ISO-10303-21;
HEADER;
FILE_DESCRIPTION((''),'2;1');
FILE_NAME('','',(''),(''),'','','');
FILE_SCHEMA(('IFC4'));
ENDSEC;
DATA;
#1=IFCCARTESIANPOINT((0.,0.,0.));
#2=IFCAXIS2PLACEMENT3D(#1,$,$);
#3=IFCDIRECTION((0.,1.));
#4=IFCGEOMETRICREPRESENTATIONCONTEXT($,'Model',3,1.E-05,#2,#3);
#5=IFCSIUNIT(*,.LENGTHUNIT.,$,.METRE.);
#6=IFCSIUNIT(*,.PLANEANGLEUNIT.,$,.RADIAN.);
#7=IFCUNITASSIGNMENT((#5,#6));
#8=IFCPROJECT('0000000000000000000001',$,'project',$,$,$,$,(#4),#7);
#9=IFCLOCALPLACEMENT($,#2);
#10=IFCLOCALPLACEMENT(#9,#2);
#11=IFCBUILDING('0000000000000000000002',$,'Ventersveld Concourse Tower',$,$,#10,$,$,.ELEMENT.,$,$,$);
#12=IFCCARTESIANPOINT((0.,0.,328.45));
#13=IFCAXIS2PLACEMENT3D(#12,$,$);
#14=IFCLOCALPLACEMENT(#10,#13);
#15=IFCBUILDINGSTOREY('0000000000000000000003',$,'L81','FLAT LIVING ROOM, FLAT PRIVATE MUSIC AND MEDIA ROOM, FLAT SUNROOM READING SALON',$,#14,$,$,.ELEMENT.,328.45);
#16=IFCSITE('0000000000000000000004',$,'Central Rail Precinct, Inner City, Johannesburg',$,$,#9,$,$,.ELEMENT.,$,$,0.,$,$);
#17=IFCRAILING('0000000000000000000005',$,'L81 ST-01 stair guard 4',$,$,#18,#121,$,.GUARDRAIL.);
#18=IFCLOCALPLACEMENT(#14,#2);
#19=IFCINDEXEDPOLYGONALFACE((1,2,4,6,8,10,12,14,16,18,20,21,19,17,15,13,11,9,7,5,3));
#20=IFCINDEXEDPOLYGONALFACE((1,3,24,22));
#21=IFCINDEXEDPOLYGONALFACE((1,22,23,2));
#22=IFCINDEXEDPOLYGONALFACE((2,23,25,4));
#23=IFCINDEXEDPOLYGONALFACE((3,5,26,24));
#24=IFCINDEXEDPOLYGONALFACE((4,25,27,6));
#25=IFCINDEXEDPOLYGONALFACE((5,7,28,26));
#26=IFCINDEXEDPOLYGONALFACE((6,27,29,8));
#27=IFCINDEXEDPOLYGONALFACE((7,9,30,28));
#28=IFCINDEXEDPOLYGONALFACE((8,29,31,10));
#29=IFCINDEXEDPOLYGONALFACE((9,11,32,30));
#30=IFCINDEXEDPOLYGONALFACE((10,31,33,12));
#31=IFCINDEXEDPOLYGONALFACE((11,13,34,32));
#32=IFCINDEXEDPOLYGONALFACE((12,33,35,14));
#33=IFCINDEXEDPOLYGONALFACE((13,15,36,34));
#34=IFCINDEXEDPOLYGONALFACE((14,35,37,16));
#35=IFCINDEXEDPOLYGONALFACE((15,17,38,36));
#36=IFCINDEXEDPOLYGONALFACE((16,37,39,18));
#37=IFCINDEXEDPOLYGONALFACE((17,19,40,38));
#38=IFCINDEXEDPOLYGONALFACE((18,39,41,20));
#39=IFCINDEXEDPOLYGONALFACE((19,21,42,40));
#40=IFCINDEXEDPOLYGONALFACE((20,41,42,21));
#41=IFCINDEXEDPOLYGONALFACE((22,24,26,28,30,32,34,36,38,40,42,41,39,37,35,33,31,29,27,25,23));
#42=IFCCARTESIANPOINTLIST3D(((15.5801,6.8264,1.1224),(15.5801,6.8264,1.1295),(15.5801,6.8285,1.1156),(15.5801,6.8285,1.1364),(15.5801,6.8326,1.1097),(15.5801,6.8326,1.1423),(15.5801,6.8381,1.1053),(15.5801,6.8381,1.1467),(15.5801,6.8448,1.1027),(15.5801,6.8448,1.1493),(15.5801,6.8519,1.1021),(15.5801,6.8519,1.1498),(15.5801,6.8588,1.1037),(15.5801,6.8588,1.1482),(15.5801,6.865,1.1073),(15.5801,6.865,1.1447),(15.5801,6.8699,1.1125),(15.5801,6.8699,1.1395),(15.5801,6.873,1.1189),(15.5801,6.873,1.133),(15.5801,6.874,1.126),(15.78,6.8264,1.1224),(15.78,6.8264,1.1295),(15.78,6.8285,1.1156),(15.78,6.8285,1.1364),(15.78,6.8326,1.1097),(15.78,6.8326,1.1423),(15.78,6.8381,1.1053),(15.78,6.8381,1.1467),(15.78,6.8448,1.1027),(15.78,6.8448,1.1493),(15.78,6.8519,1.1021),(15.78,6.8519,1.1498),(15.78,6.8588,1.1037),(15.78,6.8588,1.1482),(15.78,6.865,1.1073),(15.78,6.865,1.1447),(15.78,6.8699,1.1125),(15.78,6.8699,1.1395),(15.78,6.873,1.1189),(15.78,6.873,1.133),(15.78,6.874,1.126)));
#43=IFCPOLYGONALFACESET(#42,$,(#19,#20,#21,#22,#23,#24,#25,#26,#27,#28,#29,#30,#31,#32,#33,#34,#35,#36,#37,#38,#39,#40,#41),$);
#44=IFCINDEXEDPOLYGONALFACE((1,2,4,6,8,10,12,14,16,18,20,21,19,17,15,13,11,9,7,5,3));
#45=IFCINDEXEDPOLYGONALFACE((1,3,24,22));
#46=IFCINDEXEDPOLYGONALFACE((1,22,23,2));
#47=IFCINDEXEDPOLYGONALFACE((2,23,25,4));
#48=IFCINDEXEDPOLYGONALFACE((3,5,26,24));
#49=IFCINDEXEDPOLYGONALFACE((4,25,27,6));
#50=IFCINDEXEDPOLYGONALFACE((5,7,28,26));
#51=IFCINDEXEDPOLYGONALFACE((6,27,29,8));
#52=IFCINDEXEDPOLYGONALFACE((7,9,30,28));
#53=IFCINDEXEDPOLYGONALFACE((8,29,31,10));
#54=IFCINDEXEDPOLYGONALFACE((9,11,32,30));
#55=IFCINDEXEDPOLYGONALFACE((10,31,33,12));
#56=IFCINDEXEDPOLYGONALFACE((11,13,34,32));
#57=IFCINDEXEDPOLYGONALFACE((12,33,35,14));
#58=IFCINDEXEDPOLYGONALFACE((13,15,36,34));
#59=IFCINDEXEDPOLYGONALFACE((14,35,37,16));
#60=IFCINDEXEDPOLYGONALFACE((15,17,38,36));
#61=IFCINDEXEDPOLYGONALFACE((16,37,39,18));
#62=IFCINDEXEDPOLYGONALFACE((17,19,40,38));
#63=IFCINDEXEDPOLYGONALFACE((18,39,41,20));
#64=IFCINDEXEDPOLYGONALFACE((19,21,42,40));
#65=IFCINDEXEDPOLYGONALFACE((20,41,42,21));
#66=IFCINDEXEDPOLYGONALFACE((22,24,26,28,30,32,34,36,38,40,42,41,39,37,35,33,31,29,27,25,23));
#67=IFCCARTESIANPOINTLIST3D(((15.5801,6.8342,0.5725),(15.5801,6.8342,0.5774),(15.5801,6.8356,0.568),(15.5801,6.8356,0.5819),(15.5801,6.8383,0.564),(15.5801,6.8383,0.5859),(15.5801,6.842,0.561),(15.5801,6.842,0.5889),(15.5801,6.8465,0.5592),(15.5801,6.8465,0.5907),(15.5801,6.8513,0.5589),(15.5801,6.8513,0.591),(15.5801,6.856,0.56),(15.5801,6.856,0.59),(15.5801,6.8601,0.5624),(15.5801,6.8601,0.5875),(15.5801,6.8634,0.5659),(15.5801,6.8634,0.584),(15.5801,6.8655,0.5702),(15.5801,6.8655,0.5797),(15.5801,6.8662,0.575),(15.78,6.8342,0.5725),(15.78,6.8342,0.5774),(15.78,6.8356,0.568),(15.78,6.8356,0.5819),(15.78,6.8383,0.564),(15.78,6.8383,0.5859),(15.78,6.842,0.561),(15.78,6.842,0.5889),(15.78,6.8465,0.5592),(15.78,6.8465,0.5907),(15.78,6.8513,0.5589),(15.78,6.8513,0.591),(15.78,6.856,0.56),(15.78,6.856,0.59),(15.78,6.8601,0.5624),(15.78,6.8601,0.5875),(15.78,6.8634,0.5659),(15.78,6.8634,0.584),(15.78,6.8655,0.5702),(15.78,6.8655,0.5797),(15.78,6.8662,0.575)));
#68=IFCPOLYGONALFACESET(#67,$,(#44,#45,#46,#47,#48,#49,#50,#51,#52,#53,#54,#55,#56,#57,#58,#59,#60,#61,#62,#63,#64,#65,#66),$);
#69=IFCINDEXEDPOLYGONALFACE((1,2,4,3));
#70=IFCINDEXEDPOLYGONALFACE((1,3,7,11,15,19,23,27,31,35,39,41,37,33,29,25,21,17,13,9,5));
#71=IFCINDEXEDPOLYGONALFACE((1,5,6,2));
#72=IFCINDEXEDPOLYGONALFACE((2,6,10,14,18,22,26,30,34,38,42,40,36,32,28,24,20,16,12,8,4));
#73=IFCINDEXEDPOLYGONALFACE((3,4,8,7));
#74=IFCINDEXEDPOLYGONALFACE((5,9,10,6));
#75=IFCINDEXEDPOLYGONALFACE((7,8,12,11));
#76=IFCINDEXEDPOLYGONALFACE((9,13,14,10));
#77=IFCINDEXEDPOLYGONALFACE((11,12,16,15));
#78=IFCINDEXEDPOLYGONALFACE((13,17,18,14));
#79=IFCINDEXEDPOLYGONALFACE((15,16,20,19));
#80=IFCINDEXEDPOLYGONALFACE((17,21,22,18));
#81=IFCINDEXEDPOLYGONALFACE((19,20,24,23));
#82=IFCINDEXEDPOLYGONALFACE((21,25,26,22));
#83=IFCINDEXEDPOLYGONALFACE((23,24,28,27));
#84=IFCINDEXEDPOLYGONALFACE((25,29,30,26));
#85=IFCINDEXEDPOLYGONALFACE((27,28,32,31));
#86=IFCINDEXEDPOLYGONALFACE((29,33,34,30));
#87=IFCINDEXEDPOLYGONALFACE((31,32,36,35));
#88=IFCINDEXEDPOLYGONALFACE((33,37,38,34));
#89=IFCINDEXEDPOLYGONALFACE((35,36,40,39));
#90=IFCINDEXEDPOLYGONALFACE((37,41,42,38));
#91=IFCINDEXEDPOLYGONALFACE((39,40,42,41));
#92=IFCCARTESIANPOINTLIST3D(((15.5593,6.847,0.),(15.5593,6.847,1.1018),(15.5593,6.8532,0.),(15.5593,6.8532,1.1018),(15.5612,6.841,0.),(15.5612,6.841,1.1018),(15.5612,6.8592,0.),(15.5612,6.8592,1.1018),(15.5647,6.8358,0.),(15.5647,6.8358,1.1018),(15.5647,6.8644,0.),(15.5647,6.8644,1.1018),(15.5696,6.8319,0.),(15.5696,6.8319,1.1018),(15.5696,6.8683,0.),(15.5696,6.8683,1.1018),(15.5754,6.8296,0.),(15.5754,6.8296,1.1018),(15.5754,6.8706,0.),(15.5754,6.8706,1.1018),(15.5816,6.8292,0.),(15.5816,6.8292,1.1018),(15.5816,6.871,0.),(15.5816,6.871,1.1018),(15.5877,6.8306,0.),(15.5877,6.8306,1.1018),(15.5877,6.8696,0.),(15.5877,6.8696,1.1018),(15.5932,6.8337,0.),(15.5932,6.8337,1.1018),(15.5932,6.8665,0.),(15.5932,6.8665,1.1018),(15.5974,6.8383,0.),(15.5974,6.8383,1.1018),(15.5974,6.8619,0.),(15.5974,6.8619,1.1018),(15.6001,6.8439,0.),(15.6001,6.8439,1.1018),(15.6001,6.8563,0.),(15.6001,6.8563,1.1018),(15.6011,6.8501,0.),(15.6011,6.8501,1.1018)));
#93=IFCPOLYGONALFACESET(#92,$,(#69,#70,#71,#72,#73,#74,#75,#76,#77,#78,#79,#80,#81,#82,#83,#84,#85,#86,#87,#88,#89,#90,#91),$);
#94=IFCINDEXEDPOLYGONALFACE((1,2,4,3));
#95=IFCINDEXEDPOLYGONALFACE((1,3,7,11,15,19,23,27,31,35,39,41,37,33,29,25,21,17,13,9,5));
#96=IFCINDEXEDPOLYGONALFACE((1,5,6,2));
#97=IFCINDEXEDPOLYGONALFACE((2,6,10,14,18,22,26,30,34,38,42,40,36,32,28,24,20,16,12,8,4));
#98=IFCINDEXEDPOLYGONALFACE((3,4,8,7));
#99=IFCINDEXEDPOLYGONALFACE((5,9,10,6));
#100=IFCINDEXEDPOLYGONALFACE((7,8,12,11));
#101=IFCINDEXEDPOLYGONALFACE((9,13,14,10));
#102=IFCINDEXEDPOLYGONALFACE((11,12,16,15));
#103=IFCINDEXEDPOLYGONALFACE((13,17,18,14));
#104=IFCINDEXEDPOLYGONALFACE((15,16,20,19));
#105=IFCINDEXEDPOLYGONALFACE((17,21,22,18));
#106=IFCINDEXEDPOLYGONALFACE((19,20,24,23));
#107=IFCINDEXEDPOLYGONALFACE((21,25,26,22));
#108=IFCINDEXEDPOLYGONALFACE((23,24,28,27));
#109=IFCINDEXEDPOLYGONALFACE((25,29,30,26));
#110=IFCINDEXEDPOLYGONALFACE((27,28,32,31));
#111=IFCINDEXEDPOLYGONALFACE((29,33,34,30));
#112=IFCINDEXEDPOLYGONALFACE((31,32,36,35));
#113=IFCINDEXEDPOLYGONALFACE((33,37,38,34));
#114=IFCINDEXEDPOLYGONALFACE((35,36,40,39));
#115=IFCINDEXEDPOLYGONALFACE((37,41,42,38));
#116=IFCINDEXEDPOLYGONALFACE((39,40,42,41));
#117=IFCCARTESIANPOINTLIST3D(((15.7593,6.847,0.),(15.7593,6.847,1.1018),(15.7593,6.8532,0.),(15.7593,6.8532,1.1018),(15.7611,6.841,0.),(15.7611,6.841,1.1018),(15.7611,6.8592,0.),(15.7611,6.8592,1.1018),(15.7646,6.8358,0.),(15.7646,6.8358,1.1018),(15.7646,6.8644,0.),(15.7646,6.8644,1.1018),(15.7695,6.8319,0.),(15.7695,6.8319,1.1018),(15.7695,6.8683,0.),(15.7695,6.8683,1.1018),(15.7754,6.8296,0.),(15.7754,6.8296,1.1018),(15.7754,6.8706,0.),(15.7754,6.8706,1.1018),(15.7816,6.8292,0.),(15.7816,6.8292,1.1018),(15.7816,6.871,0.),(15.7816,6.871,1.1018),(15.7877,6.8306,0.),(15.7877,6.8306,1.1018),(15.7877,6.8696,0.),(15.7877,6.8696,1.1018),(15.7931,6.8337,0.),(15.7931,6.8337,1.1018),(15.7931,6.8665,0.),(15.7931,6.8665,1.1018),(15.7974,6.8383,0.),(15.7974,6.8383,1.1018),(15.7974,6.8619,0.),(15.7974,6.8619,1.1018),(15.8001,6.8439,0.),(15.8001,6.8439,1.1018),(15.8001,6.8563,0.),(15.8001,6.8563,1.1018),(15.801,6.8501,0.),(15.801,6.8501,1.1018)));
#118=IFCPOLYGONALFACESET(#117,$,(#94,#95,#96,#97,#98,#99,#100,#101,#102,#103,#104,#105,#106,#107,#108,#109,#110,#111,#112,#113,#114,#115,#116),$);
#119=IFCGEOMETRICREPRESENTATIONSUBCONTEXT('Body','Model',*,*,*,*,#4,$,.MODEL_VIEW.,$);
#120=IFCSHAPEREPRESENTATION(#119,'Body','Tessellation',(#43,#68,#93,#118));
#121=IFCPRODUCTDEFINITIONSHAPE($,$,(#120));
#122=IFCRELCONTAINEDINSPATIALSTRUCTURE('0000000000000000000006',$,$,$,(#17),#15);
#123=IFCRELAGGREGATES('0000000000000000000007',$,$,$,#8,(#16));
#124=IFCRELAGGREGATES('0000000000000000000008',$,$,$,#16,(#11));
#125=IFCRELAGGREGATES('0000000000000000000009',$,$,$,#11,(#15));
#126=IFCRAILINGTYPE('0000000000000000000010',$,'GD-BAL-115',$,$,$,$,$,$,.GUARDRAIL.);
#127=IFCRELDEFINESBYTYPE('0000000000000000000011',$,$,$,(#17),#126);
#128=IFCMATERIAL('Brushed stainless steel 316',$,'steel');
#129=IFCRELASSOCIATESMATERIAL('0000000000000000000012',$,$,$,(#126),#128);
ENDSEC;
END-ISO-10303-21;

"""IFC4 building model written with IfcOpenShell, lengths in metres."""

from ifc_helpers import new_model, si_unit, direction, frame, origin, origin_2d, place, context, subcontext, project, spatial, circle, extrude, material, type_object, element, save


model = new_model("IFC4")

# Units and contexts
model_context = context("Model", 3, precision=1e-05, world=origin(), true_north=direction((0.0, 1.0)))
body_context = subcontext(model_context, "Body", "Model", "MODEL_VIEW")
ifc_project = project(units=[si_unit("LENGTHUNIT", "METRE"), si_unit("PLANEANGLEUNIT", "RADIAN")], contexts=[model_context])

# Site, building, storey
site_placement = place(None, origin())
site = spatial("IfcSite", under=ifc_project, at=site_placement, Name="Central Rail Precinct, Inner City, Johannesburg", CompositionType="ELEMENT", RefElevation=0.0)
building_placement = place(site_placement, origin())
building = spatial("IfcBuilding", under=site, at=building_placement, Name="Ventersveld Concourse Tower", CompositionType="ELEMENT")
storey_placement = place(building_placement, frame((0.0, 0.0, 328.45)))
storey = spatial("IfcBuildingStorey", under=building, at=storey_placement, Name="L81", Description="FLAT LIVING ROOM, FLAT PRIVATE MUSIC AND MEDIA ROOM, FLAT SUNROOM READING SALON", CompositionType="ELEMENT", Elevation=328.45)

# Shared definitions
ifc_material_1 = material(Name="Brushed stainless steel 316", Category="steel")

# Railing
railing_type_1 = type_object("IfcRailingType", Name="GD-BAL-115", PredefinedType="GUARDRAIL", material=ifc_material_1)
railing_1_placement = place(storey_placement, frame((15.5801, 6.8501, 0.0)))
element("IfcRailing", 1, at=railing_1_placement, inside=storey, type_object=railing_type_1, Name="L81 ST-01 stair guard 4", PredefinedType="GUARDRAIL", context=body_context, shape_type="SweptSolid", body=[
    extrude(circle(Radius=0.0239, at=origin_2d()), frame((0.0, 0.0, 1.126), z_axis=(1.0, 0.0, 0.0), x_axis=(0.0, 1.0, 0.0)), (0.0, 0.0, 1.0), 0.2),
    extrude(circle(Radius=0.0161, at=origin_2d()), frame((0.0, 0.0, 0.575), z_axis=(1.0, 0.0, 0.0), x_axis=(0.0, 1.0, 0.0)), (0.0, 0.0, 1.0), 0.2),
    extrude(circle(Radius=0.021, at=origin_2d()), origin(), (0.0, 0.0, 1.0), 1.1018),
    extrude(circle(Radius=0.021, at=origin_2d()), frame((0.2, 0.0, 0.0)), (0.0, 0.0, 1.0), 1.1018),
])

save(model, "model.ifc")
